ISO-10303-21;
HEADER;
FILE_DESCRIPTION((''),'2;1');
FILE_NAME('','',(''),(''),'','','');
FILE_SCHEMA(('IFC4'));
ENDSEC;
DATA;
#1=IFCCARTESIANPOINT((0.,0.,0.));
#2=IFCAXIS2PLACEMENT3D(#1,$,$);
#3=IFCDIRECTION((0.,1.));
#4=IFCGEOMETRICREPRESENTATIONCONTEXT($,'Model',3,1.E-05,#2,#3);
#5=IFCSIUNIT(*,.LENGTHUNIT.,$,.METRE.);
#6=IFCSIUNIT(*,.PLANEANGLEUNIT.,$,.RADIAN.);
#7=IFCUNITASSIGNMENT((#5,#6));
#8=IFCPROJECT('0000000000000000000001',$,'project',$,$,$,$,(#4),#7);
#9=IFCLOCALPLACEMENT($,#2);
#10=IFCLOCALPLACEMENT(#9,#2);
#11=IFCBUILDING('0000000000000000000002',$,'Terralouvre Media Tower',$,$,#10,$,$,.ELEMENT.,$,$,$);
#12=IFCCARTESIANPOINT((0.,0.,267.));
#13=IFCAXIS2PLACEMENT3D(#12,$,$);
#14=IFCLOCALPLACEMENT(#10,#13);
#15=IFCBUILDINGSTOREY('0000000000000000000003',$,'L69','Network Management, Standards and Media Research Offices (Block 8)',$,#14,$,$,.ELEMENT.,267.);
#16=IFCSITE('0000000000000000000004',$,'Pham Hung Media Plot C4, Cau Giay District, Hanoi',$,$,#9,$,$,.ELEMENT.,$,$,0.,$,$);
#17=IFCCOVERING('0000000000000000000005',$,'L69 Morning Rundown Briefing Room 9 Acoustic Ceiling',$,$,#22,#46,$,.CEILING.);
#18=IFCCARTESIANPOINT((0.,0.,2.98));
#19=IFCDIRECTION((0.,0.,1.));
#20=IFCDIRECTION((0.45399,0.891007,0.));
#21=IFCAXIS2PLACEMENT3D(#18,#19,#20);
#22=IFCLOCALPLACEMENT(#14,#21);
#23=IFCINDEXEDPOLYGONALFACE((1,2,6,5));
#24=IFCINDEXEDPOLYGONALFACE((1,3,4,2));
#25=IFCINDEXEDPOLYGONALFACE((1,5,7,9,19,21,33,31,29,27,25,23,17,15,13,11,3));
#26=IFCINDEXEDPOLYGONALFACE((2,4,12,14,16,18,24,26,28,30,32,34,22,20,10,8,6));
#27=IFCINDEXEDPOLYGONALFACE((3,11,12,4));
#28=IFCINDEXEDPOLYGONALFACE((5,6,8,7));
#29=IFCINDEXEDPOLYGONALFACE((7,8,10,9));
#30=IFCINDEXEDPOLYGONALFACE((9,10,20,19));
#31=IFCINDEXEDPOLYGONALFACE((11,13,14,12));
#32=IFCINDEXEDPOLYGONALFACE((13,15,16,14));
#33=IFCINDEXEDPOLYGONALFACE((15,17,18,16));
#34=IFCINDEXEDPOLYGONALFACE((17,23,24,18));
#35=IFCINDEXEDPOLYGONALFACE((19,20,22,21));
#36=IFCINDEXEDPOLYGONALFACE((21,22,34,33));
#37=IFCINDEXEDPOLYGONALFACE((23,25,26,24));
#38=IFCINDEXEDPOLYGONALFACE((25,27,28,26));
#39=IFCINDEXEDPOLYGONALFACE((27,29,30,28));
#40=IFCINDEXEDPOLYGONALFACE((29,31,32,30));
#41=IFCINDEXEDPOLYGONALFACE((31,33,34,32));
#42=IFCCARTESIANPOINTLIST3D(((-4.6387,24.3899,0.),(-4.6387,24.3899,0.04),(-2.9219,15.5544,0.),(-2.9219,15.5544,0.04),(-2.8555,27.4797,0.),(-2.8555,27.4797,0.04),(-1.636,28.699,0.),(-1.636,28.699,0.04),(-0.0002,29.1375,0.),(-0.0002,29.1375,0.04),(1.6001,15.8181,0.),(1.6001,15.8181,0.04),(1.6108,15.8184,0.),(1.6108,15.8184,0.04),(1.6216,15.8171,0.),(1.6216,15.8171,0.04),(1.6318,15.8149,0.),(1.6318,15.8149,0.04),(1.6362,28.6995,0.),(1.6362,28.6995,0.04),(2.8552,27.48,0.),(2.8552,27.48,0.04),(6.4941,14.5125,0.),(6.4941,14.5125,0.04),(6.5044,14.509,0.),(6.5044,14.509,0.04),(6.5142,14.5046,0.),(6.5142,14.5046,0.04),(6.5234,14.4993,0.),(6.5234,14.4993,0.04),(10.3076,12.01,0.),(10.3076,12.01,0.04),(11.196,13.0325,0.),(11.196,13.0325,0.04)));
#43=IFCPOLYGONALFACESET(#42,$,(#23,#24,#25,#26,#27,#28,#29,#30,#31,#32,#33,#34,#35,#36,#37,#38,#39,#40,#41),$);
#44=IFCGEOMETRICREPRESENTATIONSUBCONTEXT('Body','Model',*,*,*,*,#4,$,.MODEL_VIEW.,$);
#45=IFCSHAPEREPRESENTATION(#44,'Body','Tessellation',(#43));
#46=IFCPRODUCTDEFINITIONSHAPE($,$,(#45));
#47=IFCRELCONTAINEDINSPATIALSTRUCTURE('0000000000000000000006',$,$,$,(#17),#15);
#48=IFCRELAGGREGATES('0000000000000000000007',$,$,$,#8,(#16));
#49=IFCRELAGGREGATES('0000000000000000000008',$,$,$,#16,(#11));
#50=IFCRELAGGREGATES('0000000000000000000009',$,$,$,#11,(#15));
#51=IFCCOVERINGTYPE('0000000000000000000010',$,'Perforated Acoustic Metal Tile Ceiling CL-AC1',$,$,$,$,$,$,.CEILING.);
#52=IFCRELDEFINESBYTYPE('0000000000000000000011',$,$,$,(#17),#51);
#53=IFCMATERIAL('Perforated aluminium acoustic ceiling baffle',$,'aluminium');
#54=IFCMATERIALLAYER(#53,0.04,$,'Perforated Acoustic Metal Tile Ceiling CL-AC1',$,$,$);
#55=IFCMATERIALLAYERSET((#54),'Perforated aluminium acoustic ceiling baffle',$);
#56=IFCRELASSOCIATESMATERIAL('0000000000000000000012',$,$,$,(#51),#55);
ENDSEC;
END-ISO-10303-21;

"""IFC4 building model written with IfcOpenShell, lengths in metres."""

from ifc_helpers import new_model, si_unit, direction, frame, origin, place, context, subcontext, project, spatial, polyline, outline, extrude, material, layer, layer_set, type_object, element, save


model = new_model("IFC4")

# Units and contexts
model_context = context("Model", 3, precision=1e-05, world=origin(), true_north=direction((0.0, 1.0)))
body_context = subcontext(model_context, "Body", "Model", "MODEL_VIEW")
ifc_project = project(units=[si_unit("LENGTHUNIT", "METRE"), si_unit("PLANEANGLEUNIT", "RADIAN")], contexts=[model_context])

# Site, building, storey
site_placement = place(None, origin())
site = spatial("IfcSite", under=ifc_project, at=site_placement, Name="Pham Hung Media Plot C4, Cau Giay District, Hanoi", CompositionType="ELEMENT", RefElevation=0.0)
building_placement = place(site_placement, origin())
building = spatial("IfcBuilding", under=site, at=building_placement, Name="Terralouvre Media Tower", CompositionType="ELEMENT")
storey_placement = place(building_placement, frame((0.0, 0.0, 267.0)))
storey = spatial("IfcBuildingStorey", under=building, at=storey_placement, Name="L69", Description="Network Management, Standards and Media Research Offices (Block 8)", CompositionType="ELEMENT", Elevation=267.0)

# Covering
ifc_material_1 = material(Name="Perforated aluminium acoustic ceiling baffle", Category="aluminium")
ifc_layer_1 = layer(ifc_material_1, 0.04, Name="Perforated Acoustic Metal Tile Ceiling CL-AC1")
ifc_layer_set_1 = layer_set([ifc_layer_1], Name="Perforated aluminium acoustic ceiling baffle")
covering_type = type_object("IfcCoveringType", Name="Perforated Acoustic Metal Tile Ceiling CL-AC1", PredefinedType="CEILING", material=ifc_layer_set_1)
covering_placement = place(storey_placement, frame((0.0, 0.0, 2.98), z_axis=(0.0, 0.0, 1.0), x_axis=(0.45399, 0.891007, 0.0)))
element("IfcCovering", 1, at=covering_placement, inside=storey, type_object=covering_type, Name="L69 Morning Rundown Briefing Room 9 Acoustic Ceiling", PredefinedType="CEILING", context=body_context, shape_type="SweptSolid", body=[
    extrude(outline(polyline([(-2.9219, 15.5544), (1.6001, 15.8181), (1.6108, 15.8184), (1.6216, 15.8171), (1.6318, 15.8149), (6.4941, 14.5125), (6.5044, 14.509), (6.5142, 14.5046), (6.5234, 14.4993), (10.3076, 12.01), (11.196, 13.0325), (2.8552, 27.48), (1.6362, 28.6995), (-0.0002, 29.1375), (-1.636, 28.699), (-2.8555, 27.4797), (-4.6387, 24.3899), (-2.9219, 15.5544)])), origin(), (0.0, 0.0, 1.0), 0.04),
])

save(model, "model.ifc")
